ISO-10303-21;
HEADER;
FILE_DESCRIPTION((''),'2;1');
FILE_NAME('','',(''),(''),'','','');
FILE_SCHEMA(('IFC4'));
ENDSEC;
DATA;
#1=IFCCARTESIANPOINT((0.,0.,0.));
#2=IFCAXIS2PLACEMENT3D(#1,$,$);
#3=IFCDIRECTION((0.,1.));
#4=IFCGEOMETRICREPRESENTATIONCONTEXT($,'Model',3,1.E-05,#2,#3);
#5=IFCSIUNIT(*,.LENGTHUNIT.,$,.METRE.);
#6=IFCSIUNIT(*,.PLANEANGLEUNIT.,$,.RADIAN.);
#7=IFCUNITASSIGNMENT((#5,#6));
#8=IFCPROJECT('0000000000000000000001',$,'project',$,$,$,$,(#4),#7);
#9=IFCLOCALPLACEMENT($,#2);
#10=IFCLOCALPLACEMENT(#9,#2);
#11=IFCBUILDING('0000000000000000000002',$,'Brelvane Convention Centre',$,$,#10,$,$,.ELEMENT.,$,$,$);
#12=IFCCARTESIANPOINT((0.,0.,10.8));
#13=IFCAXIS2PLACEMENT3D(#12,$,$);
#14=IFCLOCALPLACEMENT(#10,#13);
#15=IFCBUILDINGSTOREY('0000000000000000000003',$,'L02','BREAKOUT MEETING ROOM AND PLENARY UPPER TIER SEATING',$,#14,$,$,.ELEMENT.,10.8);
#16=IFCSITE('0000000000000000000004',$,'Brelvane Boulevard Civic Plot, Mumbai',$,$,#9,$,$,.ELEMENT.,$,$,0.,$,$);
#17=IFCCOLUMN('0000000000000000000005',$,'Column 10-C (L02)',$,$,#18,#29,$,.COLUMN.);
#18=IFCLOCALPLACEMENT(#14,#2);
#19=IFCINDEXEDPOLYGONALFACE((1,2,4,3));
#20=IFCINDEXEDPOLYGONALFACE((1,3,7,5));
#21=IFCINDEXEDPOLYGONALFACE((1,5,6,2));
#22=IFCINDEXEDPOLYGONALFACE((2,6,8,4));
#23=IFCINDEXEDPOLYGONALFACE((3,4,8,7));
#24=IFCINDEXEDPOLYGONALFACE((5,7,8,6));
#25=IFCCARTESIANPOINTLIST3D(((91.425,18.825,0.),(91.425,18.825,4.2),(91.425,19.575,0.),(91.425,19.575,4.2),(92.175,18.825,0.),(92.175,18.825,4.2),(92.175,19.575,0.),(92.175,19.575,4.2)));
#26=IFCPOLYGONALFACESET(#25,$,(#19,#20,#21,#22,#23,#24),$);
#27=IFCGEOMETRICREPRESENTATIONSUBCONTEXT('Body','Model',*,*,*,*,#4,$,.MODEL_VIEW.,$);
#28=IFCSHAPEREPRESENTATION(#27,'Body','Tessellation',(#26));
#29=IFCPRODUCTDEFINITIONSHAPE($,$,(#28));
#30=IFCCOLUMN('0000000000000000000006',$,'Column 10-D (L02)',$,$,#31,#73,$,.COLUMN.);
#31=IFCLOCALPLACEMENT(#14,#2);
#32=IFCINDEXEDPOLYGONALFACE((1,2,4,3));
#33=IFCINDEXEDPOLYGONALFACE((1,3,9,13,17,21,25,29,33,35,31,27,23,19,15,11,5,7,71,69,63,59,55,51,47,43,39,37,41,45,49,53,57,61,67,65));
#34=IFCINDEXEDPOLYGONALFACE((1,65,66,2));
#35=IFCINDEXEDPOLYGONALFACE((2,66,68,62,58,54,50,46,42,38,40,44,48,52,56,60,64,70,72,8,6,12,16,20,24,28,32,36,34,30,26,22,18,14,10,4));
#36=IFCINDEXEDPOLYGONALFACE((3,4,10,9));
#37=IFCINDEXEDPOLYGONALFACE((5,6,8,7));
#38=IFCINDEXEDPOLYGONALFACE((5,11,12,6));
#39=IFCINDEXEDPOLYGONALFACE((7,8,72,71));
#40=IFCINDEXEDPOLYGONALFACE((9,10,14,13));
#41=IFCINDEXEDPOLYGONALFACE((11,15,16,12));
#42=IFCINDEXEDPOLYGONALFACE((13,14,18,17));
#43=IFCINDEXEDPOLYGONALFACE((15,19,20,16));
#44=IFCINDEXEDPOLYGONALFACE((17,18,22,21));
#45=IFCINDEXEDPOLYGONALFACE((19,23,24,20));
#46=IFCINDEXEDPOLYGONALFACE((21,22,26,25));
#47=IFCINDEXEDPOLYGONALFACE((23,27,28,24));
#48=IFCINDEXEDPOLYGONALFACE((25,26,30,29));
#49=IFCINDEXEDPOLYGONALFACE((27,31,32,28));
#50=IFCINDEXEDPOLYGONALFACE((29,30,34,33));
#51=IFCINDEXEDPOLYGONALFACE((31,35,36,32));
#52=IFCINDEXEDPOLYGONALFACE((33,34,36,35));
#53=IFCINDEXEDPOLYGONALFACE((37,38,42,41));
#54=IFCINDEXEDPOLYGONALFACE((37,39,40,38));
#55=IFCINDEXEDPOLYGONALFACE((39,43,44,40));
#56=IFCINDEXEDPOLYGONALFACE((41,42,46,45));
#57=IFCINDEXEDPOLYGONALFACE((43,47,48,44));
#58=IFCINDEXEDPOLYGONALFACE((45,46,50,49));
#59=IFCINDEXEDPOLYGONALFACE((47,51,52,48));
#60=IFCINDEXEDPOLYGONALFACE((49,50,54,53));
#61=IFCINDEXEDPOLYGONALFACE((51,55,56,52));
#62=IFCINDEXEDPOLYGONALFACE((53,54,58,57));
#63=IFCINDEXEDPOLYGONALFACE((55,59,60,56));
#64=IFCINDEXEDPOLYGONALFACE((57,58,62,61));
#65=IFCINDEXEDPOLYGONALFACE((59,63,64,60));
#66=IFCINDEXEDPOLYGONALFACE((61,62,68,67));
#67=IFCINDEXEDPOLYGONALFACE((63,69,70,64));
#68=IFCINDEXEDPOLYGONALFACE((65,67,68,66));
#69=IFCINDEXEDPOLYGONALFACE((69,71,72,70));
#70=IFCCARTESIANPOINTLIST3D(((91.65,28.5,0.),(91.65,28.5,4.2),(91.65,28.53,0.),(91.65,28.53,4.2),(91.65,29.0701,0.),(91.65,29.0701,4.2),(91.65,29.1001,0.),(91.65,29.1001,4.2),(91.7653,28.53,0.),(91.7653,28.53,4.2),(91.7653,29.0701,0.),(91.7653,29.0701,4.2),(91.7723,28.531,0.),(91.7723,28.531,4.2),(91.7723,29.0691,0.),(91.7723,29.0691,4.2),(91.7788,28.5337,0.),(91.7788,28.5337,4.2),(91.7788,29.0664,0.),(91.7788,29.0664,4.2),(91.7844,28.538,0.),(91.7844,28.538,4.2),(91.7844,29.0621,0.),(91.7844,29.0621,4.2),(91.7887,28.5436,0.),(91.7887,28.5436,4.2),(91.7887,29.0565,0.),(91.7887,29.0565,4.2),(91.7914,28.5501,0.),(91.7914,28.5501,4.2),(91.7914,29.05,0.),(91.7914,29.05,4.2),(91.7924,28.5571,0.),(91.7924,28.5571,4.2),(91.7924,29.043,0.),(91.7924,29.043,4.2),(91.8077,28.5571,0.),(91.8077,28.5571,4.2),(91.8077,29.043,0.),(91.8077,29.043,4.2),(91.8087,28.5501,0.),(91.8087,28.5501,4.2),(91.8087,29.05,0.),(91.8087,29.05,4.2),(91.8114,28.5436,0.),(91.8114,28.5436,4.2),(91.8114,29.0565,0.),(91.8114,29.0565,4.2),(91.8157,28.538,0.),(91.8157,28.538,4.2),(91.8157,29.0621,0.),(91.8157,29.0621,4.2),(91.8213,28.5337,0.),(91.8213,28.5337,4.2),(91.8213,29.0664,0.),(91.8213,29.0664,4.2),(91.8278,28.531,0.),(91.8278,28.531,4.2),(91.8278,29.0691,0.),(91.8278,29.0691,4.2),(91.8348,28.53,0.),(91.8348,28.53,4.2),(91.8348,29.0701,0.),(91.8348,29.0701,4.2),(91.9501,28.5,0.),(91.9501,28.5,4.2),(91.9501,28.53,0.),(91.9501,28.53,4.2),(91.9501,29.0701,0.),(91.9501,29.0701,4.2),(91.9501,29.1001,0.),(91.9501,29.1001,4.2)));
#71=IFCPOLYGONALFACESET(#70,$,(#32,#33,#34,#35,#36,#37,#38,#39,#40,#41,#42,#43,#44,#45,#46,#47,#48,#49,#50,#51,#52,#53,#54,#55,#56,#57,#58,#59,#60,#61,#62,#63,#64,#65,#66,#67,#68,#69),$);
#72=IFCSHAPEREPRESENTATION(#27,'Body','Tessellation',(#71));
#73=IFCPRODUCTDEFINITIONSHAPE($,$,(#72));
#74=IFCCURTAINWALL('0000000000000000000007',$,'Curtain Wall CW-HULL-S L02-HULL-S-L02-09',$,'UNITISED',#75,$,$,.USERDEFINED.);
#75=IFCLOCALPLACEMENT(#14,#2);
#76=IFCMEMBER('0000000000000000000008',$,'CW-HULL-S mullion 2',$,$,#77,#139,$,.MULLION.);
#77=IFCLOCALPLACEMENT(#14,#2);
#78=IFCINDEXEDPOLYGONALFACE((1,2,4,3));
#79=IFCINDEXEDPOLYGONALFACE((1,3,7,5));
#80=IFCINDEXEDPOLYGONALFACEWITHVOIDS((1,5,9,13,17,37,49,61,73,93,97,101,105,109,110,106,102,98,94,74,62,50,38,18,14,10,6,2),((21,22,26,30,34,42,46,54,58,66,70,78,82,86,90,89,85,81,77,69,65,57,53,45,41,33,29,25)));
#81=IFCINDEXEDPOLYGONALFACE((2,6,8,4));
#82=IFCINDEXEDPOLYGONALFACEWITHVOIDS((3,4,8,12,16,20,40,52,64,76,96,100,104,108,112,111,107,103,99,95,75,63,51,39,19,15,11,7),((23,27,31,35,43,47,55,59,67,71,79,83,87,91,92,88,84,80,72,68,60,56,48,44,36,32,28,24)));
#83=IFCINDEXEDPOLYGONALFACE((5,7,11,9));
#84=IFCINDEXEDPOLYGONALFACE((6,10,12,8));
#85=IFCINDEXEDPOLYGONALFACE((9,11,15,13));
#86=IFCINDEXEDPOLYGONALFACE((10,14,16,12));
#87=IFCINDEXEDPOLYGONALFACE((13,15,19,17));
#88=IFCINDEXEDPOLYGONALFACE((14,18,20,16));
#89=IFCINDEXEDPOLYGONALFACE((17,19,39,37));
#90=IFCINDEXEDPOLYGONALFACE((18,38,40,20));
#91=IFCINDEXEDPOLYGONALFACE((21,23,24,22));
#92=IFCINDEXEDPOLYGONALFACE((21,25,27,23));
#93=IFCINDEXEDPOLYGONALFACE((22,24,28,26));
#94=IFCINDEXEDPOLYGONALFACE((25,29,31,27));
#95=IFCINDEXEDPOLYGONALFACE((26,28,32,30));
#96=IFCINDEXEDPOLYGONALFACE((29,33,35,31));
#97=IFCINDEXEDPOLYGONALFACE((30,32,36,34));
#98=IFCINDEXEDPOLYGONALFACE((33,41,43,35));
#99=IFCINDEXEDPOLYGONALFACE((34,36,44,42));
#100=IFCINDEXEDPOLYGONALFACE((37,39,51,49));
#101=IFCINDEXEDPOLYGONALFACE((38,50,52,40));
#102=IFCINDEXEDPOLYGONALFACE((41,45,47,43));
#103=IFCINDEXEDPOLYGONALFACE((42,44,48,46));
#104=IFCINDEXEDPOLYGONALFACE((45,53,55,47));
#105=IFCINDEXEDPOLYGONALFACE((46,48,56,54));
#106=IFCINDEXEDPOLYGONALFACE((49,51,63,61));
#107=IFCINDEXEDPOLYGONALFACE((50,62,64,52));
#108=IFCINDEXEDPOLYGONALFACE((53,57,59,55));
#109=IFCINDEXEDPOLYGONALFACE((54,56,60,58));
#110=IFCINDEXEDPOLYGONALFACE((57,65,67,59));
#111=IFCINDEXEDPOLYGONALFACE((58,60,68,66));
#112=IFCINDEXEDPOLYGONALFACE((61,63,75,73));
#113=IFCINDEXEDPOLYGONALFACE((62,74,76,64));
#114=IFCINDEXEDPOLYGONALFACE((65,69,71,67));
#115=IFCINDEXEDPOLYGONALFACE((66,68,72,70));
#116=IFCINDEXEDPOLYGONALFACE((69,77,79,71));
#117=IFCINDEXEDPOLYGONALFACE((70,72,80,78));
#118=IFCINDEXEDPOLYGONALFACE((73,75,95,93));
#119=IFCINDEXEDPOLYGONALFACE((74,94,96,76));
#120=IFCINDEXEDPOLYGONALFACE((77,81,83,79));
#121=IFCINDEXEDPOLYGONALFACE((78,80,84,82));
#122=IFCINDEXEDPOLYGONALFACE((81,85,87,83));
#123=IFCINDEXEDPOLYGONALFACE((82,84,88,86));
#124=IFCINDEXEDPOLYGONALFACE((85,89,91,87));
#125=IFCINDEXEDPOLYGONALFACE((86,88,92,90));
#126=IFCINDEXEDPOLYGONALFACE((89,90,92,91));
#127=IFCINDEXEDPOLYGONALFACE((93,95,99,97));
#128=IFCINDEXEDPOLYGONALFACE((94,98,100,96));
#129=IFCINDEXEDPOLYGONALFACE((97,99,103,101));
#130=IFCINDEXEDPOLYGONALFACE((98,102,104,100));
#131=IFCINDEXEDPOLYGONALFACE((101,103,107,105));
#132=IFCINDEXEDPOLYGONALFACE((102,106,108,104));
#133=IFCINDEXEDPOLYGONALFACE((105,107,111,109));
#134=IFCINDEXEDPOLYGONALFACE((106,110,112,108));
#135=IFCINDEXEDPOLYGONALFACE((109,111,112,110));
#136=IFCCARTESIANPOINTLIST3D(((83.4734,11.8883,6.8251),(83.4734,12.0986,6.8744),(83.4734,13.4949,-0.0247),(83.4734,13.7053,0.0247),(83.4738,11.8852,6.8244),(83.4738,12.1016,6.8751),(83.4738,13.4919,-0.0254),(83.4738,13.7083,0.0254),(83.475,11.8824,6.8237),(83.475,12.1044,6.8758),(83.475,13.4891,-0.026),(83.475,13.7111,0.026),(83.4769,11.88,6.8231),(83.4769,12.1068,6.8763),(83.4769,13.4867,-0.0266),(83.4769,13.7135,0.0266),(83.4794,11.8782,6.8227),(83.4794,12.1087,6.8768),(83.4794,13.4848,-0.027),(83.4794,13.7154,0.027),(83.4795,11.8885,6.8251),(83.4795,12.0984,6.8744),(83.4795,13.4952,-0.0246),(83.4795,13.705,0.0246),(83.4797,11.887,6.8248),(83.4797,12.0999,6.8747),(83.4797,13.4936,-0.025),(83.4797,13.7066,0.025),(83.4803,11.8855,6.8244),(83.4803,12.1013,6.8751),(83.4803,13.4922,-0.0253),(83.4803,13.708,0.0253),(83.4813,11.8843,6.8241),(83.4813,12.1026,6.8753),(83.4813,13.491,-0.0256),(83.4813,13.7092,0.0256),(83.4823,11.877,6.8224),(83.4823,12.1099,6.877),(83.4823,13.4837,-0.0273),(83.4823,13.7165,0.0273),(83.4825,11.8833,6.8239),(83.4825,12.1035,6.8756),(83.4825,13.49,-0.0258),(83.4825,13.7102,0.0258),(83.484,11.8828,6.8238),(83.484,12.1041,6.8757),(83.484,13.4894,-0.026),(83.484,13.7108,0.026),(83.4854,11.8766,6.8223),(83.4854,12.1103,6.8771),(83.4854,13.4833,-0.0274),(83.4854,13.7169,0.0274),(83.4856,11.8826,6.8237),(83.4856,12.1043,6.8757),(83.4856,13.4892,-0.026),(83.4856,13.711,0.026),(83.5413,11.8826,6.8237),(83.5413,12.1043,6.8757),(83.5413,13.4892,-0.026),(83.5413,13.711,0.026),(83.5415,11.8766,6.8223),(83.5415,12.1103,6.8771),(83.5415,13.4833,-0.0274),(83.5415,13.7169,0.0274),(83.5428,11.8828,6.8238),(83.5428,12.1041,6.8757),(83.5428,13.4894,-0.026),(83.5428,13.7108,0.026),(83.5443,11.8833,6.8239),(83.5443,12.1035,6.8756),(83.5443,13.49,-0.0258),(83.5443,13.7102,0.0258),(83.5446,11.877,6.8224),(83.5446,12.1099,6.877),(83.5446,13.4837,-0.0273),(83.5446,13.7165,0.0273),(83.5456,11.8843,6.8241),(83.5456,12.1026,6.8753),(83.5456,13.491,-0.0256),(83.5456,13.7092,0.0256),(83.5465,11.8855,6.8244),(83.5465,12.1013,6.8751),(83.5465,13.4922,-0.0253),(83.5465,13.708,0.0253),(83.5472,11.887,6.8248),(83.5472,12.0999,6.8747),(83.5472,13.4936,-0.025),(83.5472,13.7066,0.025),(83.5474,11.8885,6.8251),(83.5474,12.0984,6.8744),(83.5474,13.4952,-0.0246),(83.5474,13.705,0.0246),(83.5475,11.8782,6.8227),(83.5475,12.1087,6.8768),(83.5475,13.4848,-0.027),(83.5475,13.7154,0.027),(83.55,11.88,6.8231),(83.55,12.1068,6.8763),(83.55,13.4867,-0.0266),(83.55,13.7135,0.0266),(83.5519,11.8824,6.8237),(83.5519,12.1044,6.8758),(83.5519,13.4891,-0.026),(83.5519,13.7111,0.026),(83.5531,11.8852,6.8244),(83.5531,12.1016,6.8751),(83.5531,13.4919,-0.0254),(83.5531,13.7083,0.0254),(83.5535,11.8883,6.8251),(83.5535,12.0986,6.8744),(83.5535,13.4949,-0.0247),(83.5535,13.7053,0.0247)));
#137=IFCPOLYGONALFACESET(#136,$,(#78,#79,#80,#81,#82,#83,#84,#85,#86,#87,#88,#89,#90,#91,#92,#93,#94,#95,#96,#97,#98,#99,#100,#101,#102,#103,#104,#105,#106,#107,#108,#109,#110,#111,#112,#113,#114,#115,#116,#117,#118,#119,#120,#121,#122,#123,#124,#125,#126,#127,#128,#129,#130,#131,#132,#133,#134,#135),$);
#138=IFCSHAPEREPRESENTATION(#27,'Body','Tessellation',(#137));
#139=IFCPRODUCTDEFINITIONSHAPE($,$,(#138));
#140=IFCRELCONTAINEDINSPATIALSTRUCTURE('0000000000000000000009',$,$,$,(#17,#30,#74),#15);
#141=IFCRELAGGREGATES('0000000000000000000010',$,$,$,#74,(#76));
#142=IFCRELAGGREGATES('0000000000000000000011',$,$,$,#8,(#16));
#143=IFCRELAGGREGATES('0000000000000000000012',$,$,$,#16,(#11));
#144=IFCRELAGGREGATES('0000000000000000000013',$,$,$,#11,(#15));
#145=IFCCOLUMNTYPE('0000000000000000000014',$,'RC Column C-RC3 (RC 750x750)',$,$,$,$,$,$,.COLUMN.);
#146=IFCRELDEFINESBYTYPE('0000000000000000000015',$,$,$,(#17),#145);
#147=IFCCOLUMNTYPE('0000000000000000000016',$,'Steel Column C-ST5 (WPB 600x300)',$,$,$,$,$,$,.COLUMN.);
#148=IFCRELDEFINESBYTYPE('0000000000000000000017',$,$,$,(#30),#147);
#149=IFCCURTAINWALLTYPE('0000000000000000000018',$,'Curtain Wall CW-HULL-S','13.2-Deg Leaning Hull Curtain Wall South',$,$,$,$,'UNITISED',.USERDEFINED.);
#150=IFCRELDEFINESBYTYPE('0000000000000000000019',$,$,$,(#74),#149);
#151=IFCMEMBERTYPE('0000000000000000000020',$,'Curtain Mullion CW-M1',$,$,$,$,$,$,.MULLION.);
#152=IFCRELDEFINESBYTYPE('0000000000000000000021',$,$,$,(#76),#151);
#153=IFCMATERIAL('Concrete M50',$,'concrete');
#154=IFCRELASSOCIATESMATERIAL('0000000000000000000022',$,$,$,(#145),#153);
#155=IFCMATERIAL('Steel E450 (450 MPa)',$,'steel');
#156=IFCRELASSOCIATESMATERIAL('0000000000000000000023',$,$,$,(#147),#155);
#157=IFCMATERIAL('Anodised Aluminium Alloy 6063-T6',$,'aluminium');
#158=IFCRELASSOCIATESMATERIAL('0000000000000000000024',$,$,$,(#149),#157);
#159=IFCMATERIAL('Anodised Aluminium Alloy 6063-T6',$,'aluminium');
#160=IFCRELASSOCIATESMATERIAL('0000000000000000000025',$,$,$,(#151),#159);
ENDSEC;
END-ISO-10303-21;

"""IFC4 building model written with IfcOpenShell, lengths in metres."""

from ifc_helpers import new_model, si_unit, direction, frame, origin, origin_2d, place, context, subcontext, project, spatial, rectangle, hollow_rectangle, i_section, extrude, material, material_profile, profile_set, type_object, element, aggregate, save


model = new_model("IFC4")

# Units and contexts
model_context = context("Model", 3, precision=1e-05, world=origin(), true_north=direction((0.0, 1.0)))
body_context = subcontext(model_context, "Body", "Model", "MODEL_VIEW")
ifc_project = project(units=[si_unit("LENGTHUNIT", "METRE"), si_unit("PLANEANGLEUNIT", "RADIAN")], contexts=[model_context])

# Site, building, storey
site_placement = place(None, origin())
site = spatial("IfcSite", under=ifc_project, at=site_placement, Name="Brelvane Boulevard Civic Plot, Mumbai", CompositionType="ELEMENT", RefElevation=0.0)
building_placement = place(site_placement, origin())
building = spatial("IfcBuilding", under=site, at=building_placement, Name="Brelvane Convention Centre", CompositionType="ELEMENT")
storey_placement = place(building_placement, frame((0.0, 0.0, 10.8)))
storey = spatial("IfcBuildingStorey", under=building, at=storey_placement, Name="L02", Description="BREAKOUT MEETING ROOM AND PLENARY UPPER TIER SEATING", CompositionType="ELEMENT", Elevation=10.8)

# Columns
ifc_material_1 = material(Name="Concrete M50", Category="concrete")
ifc_material_profile_1 = material_profile(ifc_material_1, rectangle(XDim=0.75, YDim=0.75, at=origin_2d()), Name="RC 750x750")
ifc_profile_set_1 = profile_set([ifc_material_profile_1], Name="Concrete M50")
column_type_1 = type_object("IfcColumnType", Name="RC Column C-RC3 (RC 750x750)", PredefinedType="COLUMN", material=ifc_profile_set_1)
column_1_placement = place(storey_placement, frame((91.8, 19.2, 0.0), z_axis=(0.0, 0.0, 1.0), x_axis=(1.0, 0.0, 0.0)))
element("IfcColumn", 1, at=column_1_placement, inside=storey, type_object=column_type_1, Name="Column 10-C (L02)", PredefinedType="COLUMN", context=body_context, shape_type="SweptSolid", body=[
    extrude(rectangle(XDim=0.75, YDim=0.75, at=origin_2d()), origin(), (0.0, 0.0, 1.0), 4.2),
])
ifc_material_2 = material(Name="Steel E450 (450 MPa)", Category="steel")
ifc_material_profile_2 = material_profile(ifc_material_2, i_section(OverallWidth=0.3, OverallDepth=0.6001, WebThickness=0.0154, FlangeThickness=0.03, FilletRadius=0.0271, at=origin_2d()), Name="WPB 600x300")
ifc_profile_set_2 = profile_set([ifc_material_profile_2], Name="Steel E450 (450 MPa)")
column_type_2 = type_object("IfcColumnType", Name="Steel Column C-ST5 (WPB 600x300)", PredefinedType="COLUMN", material=ifc_profile_set_2)
column_2_placement = place(storey_placement, frame((91.8, 28.8, 0.0), z_axis=(0.0, 0.0, 1.0), x_axis=(1.0, 0.0, 0.0)))
element("IfcColumn", 2, at=column_2_placement, inside=storey, type_object=column_type_2, Name="Column 10-D (L02)", PredefinedType="COLUMN", context=body_context, shape_type="SweptSolid", body=[
    extrude(i_section(OverallWidth=0.3, OverallDepth=0.6001, WebThickness=0.0154, FlangeThickness=0.03, FilletRadius=0.0271, at=origin_2d()), origin(), (0.0, 0.0, 1.0), 4.2),
])

# Curtain wall, member
ifc_material_3 = material(Name="Anodised Aluminium Alloy 6063-T6", Category="aluminium")
curtain_wall_type = type_object("IfcCurtainWallType", Name="Curtain Wall CW-HULL-S", Description="13.2-Deg Leaning Hull Curtain Wall South", ElementType="UNITISED", PredefinedType="USERDEFINED", material=ifc_material_3)
curtain_wall_1_placement = place(storey_placement, origin())
curtain_wall_1 = element("IfcCurtainWall", 3, at=curtain_wall_1_placement, inside=storey, type_object=curtain_wall_type, Name="Curtain Wall CW-HULL-S L02-HULL-S-L02-09", ObjectType="UNITISED", PredefinedType="USERDEFINED")
ifc_material_4 = material(Name="Anodised Aluminium Alloy 6063-T6", Category="aluminium")
ifc_material_profile_3 = material_profile(ifc_material_4, hollow_rectangle(XDim=0.0801, YDim=0.24, WallThickness=0.0061, InnerFilletRadius=0.0061, OuterFilletRadius=0.012, at=origin_2d()), Name="ALU-M 240x80x6.0")
ifc_profile_set_3 = profile_set([ifc_material_profile_3], Name="Anodised Aluminium Alloy 6063-T6")
member_type_1 = type_object("IfcMemberType", Name="Curtain Mullion CW-M1", PredefinedType="MULLION", material=ifc_profile_set_3)
member_1_placement = place(storey_placement, frame((83.5134, 13.6001, 0.0), z_axis=(0.0, -0.22836, 0.973577), x_axis=(1.0, 0.0, 0.0)))
member_1 = element("IfcMember", 4, at=member_1_placement, type_object=member_type_1, Name="CW-HULL-S mullion 2", PredefinedType="MULLION", context=body_context, shape_type="SweptSolid", body=[
    extrude(hollow_rectangle(XDim=0.0801, YDim=0.24, WallThickness=0.0061, InnerFilletRadius=0.0061, OuterFilletRadius=0.012, at=origin_2d()), origin(), (0.0, 0.0, 1.0), 7.0356),
])

aggregate(curtain_wall_1, [member_1])

save(model, "model.ifc")
